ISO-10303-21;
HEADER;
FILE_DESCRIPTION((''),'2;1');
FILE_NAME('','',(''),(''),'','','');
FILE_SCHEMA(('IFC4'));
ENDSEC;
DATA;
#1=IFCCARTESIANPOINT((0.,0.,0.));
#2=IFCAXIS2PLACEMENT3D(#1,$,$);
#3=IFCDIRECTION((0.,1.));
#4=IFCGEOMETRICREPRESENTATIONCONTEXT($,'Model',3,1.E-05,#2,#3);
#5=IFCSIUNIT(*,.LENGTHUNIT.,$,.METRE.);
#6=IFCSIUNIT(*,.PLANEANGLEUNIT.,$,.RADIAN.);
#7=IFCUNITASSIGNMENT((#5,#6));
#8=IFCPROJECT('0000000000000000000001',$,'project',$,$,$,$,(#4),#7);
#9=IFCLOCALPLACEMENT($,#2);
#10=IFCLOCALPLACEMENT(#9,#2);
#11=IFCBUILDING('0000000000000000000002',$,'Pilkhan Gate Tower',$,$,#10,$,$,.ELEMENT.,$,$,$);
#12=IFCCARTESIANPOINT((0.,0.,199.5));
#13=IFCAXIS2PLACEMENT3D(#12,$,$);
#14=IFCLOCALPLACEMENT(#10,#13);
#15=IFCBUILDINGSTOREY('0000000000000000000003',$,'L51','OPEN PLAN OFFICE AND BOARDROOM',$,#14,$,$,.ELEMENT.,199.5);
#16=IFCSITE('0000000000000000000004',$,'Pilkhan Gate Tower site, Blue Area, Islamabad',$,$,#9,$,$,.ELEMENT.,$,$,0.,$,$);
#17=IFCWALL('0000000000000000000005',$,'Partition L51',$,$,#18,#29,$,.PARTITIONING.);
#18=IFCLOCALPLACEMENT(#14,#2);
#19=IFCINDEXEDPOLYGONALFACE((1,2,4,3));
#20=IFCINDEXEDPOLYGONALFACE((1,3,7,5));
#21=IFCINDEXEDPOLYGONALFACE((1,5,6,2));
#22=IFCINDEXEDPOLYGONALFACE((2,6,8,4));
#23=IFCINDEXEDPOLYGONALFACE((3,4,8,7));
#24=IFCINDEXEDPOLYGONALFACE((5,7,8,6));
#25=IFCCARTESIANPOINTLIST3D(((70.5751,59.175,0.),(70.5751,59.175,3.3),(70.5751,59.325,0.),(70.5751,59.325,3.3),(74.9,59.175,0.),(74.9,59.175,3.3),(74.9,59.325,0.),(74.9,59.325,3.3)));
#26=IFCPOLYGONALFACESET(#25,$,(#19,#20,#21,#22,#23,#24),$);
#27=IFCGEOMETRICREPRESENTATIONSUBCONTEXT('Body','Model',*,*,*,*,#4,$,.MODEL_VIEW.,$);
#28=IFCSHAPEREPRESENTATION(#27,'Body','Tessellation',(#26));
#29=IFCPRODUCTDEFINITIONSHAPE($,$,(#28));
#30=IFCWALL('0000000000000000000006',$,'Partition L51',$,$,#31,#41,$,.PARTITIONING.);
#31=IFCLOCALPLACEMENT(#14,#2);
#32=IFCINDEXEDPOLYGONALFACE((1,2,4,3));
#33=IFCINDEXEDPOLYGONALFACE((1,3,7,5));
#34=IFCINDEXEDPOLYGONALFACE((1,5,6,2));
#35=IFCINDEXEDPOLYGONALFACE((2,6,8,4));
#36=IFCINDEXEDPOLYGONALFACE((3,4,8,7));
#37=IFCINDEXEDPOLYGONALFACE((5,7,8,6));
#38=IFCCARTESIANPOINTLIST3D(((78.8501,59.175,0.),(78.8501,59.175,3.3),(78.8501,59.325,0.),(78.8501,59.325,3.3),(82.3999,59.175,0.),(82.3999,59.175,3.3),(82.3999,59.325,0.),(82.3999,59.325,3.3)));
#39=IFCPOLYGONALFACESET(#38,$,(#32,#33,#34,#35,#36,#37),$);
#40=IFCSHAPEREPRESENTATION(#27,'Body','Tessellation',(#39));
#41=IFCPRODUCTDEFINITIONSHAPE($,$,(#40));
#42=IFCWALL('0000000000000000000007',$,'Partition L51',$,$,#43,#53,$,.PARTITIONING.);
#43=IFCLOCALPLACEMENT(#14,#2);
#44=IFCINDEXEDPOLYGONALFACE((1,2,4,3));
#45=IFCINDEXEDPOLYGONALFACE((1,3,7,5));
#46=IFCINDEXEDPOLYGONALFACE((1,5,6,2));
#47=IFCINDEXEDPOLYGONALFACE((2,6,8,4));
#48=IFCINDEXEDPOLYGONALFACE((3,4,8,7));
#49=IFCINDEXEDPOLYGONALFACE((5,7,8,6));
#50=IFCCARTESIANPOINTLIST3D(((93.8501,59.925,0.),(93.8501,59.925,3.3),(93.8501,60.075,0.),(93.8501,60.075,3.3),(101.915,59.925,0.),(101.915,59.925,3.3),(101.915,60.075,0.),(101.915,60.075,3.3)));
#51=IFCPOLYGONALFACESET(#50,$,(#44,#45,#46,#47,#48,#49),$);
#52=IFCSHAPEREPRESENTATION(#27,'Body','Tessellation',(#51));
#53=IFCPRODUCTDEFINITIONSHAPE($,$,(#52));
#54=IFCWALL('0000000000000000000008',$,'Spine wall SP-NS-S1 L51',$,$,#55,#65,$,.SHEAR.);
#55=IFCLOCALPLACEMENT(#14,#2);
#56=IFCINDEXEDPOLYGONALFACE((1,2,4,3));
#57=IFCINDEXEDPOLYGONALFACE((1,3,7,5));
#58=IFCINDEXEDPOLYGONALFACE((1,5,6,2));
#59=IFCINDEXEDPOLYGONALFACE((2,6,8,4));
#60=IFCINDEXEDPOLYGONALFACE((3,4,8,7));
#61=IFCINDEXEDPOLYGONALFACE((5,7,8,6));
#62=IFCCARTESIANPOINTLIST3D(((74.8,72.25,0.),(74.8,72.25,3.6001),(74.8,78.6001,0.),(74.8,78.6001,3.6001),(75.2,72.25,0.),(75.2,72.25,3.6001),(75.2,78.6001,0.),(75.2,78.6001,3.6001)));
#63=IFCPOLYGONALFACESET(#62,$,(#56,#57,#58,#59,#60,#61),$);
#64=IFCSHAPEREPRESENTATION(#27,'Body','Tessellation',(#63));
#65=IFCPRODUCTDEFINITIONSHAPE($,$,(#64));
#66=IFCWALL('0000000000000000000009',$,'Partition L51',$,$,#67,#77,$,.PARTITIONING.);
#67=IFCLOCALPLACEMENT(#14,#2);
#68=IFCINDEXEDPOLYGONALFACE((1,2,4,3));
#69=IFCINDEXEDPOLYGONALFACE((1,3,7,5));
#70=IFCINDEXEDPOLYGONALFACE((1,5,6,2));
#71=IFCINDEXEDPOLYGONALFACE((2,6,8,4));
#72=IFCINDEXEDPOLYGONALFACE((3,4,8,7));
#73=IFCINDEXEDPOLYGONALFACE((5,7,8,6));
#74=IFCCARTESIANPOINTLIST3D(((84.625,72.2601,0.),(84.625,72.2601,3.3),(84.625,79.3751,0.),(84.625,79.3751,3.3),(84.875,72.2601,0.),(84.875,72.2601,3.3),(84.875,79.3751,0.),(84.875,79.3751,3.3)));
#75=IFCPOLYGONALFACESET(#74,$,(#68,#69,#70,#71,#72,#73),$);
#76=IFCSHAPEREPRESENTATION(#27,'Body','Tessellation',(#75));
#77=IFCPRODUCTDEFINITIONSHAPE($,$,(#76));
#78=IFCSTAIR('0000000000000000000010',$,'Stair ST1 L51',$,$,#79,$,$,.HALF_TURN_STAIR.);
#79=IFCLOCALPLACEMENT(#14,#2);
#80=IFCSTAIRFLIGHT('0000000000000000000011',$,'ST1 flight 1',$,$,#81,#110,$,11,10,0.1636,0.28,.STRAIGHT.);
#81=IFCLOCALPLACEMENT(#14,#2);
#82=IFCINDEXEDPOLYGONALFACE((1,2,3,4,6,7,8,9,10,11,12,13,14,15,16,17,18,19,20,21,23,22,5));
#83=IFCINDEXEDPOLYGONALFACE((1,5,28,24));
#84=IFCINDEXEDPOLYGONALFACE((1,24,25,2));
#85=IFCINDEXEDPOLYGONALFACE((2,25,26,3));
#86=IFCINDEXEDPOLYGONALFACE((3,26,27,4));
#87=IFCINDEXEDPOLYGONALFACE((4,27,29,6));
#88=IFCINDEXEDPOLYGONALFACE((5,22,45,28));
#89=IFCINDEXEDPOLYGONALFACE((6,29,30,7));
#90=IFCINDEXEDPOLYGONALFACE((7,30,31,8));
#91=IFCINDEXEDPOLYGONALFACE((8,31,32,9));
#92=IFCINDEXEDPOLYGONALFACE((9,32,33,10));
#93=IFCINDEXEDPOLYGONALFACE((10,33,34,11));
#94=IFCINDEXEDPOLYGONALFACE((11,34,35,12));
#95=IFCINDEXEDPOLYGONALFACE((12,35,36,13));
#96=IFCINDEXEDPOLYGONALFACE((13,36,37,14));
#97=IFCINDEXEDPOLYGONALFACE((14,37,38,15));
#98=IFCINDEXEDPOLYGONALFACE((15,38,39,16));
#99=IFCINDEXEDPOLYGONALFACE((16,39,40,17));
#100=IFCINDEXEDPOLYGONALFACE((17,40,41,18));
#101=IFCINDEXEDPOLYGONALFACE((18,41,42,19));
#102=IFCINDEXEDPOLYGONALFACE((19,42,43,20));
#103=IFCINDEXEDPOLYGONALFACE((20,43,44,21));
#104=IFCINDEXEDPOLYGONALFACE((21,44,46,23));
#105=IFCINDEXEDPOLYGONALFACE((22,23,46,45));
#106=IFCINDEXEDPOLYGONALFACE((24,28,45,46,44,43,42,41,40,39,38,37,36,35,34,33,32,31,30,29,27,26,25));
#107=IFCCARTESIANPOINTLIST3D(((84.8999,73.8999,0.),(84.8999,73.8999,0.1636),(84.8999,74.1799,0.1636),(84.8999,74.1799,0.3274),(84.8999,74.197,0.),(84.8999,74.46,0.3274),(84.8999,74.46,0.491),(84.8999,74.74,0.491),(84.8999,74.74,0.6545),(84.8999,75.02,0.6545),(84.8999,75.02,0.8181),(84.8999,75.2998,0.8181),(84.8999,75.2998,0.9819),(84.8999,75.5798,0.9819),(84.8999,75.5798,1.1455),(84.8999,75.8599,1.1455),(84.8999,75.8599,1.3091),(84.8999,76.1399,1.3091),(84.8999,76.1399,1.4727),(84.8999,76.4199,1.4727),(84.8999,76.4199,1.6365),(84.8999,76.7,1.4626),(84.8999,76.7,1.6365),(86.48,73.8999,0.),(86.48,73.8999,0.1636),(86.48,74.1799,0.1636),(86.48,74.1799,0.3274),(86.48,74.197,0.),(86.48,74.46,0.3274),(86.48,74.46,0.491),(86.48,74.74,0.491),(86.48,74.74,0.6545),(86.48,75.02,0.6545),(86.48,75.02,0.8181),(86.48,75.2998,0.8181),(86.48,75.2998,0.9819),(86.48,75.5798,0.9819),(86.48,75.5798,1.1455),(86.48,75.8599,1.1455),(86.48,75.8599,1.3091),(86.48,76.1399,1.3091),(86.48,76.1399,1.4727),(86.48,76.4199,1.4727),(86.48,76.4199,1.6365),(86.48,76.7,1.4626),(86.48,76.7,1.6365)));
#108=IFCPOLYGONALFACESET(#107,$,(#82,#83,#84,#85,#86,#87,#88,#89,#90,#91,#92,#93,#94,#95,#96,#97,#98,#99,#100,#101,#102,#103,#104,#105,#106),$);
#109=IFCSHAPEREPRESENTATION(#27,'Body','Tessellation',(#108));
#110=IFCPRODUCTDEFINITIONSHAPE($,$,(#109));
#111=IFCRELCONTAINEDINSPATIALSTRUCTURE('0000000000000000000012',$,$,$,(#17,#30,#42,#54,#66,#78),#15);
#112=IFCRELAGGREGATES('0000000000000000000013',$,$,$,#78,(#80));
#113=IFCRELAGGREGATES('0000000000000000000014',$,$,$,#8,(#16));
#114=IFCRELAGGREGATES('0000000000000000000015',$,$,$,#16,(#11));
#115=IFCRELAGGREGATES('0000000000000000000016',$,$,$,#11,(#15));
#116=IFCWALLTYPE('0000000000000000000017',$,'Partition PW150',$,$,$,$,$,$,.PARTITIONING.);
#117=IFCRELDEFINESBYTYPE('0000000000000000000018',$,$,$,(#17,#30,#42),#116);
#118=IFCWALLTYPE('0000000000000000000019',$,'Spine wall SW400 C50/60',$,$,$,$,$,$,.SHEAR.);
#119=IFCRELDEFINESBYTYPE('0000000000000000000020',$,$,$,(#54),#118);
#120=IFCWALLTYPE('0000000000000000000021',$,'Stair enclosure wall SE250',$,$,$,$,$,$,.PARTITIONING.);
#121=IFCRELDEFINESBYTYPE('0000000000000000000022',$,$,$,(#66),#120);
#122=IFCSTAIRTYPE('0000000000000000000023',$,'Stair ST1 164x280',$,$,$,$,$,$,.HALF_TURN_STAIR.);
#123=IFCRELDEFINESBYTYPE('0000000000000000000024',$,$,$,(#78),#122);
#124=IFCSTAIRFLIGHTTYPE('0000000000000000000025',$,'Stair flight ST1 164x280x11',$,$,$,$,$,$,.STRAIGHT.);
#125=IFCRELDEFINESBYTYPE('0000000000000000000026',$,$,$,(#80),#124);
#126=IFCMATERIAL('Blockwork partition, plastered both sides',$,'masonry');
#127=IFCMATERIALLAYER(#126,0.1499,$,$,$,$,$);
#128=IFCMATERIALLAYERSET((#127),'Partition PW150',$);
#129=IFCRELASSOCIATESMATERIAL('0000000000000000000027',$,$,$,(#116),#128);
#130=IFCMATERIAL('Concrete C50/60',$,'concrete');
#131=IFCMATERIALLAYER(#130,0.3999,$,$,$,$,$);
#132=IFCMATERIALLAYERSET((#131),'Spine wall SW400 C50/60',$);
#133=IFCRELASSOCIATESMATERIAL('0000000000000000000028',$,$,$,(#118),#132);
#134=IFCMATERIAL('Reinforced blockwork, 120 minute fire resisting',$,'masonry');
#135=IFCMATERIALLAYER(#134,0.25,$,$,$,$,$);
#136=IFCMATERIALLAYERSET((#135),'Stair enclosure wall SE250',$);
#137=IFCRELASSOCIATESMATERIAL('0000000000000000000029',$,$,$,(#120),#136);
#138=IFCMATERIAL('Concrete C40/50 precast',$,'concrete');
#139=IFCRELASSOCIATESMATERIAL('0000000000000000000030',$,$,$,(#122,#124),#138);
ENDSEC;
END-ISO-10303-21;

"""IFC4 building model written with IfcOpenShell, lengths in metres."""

from ifc_helpers import new_model, si_unit, direction, frame, frame_2d, origin, place, context, subcontext, project, spatial, polyline, rectangle, outline, extrude, material, layer, layer_set, type_object, element, aggregate, save


model = new_model("IFC4")

# Units and contexts
model_context = context("Model", 3, precision=1e-05, world=origin(), true_north=direction((0.0, 1.0)))
body_context = subcontext(model_context, "Body", "Model", "MODEL_VIEW")
ifc_project = project(units=[si_unit("LENGTHUNIT", "METRE"), si_unit("PLANEANGLEUNIT", "RADIAN")], contexts=[model_context])

# Site, building, storey
site_placement = place(None, origin())
site = spatial("IfcSite", under=ifc_project, at=site_placement, Name="Pilkhan Gate Tower site, Blue Area, Islamabad", CompositionType="ELEMENT", RefElevation=0.0)
building_placement = place(site_placement, origin())
building = spatial("IfcBuilding", under=site, at=building_placement, Name="Pilkhan Gate Tower", CompositionType="ELEMENT")
storey_placement = place(building_placement, frame((0.0, 0.0, 199.5)))
storey = spatial("IfcBuildingStorey", under=building, at=storey_placement, Name="L51", Description="OPEN PLAN OFFICE AND BOARDROOM", CompositionType="ELEMENT", Elevation=199.5)

# Shared definitions
ifc_material_1 = material(Name="Concrete C50/60", Category="concrete")

# Walls
ifc_material_2 = material(Name="Blockwork partition, plastered both sides", Category="masonry")
ifc_layer_1 = layer(ifc_material_2, 0.1499)
ifc_layer_set_1 = layer_set([ifc_layer_1], Name="Partition PW150")
wall_type_1 = type_object("IfcWallType", Name="Partition PW150", PredefinedType="PARTITIONING", material=ifc_layer_set_1)
wall_1_placement = place(storey_placement, frame((70.575, 59.25, 0.0), z_axis=(0.0, 0.0, 1.0), x_axis=(1.0, 0.0, 0.0)))
element("IfcWall", 1, at=wall_1_placement, inside=storey, type_object=wall_type_1, Name="Partition L51", PredefinedType="PARTITIONING", context=body_context, shape_type="SweptSolid", body=[
    extrude(rectangle(XDim=4.325, YDim=0.1499, at=frame_2d((2.1626, 0.0))), origin(), (0.0, 0.0, 1.0), 3.3),
])
wall_2_placement = place(storey_placement, frame((78.8501, 59.25, 0.0), z_axis=(0.0, 0.0, 1.0), x_axis=(1.0, 0.0, 0.0)))
element("IfcWall", 2, at=wall_2_placement, inside=storey, type_object=wall_type_1, Name="Partition L51", PredefinedType="PARTITIONING", context=body_context, shape_type="SweptSolid", body=[
    extrude(rectangle(XDim=3.5498, YDim=0.1499, at=frame_2d((1.7749, 0.0))), origin(), (0.0, 0.0, 1.0), 3.3),
])
wall_3_placement = place(storey_placement, frame((93.8501, 60.0, 0.0), z_axis=(0.0, 0.0, 1.0), x_axis=(1.0, 0.0, 0.0)))
element("IfcWall", 3, at=wall_3_placement, inside=storey, type_object=wall_type_1, Name="Partition L51", PredefinedType="PARTITIONING", context=body_context, shape_type="SweptSolid", body=[
    extrude(rectangle(XDim=8.0649, YDim=0.1499, at=frame_2d((4.0325, 0.0))), origin(), (0.0, 0.0, 1.0), 3.3),
])
ifc_layer_2 = layer(ifc_material_1, 0.3999)
ifc_layer_set_2 = layer_set([ifc_layer_2], Name="Spine wall SW400 C50/60")
wall_type_2 = type_object("IfcWallType", Name="Spine wall SW400 C50/60", PredefinedType="SHEAR", material=ifc_layer_set_2)
wall_4_placement = place(storey_placement, frame((75.0, 72.25, 0.0), z_axis=(0.0, 0.0, 1.0), x_axis=(0.0, 1.0, 0.0)))
element("IfcWall", 4, at=wall_4_placement, inside=storey, type_object=wall_type_2, Name="Spine wall SP-NS-S1 L51", PredefinedType="SHEAR", context=body_context, shape_type="SweptSolid", body=[
    extrude(rectangle(XDim=6.3501, YDim=0.3999, at=frame_2d((3.175, 0.0))), origin(), (0.0, 0.0, 1.0), 3.6001),
])
ifc_material_3 = material(Name="Reinforced blockwork, 120 minute fire resisting", Category="masonry")
ifc_layer_3 = layer(ifc_material_3, 0.25)
ifc_layer_set_3 = layer_set([ifc_layer_3], Name="Stair enclosure wall SE250")
wall_type_3 = type_object("IfcWallType", Name="Stair enclosure wall SE250", PredefinedType="PARTITIONING", material=ifc_layer_set_3)
wall_5_placement = place(storey_placement, frame((84.75, 72.26, 0.0), z_axis=(0.0, 0.0, 1.0), x_axis=(0.0, 1.0, 0.0)))
element("IfcWall", 5, at=wall_5_placement, inside=storey, type_object=wall_type_3, Name="Partition L51", PredefinedType="PARTITIONING", context=body_context, shape_type="SweptSolid", body=[
    extrude(rectangle(XDim=7.115, YDim=0.25, at=frame_2d((3.5576, 0.0))), origin(), (0.0, 0.0, 1.0), 3.3),
])

# Stair, stair flight
ifc_material_4 = material(Name="Concrete C40/50 precast", Category="concrete")
stair_type = type_object("IfcStairType", Name="Stair ST1 164x280", PredefinedType="HALF_TURN_STAIR", material=ifc_material_4)
stair_placement = place(storey_placement, origin())
stair = element("IfcStair", 6, at=stair_placement, inside=storey, type_object=stair_type, Name="Stair ST1 L51", PredefinedType="HALF_TURN_STAIR")
stair_flight_type = type_object("IfcStairFlightType", Name="Stair flight ST1 164x280x11", PredefinedType="STRAIGHT", material=ifc_material_4)
stair_flight_placement = place(storey_placement, frame((85.6899, 73.8999, 0.0), z_axis=(0.0, 0.0, 1.0), x_axis=(0.0, 1.0, 0.0)))
stair_flight = element("IfcStairFlight", 7, at=stair_flight_placement, type_object=stair_flight_type, Name="ST1 flight 1", NumberOfRisers=11, NumberOfTreads=10, PredefinedType="STRAIGHT", RiserHeight=0.1636, TreadLength=0.28, context=body_context, shape_type="SweptSolid", body=[
    extrude(outline(polyline([(0.0, 0.0), (0.0, 0.1636), (0.28, 0.1636), (0.28, 0.3274), (0.5601, 0.3274), (0.5601, 0.491), (0.8401, 0.491), (0.8401, 0.6545), (1.1201, 0.6545), (1.1201, 0.8181), (1.3999, 0.8181), (1.3999, 0.9819), (1.6799, 0.9819), (1.6799, 1.1455), (1.96, 1.1455), (1.96, 1.3091), (2.24, 1.3091), (2.24, 1.4727), (2.52, 1.4727), (2.52, 1.6365), (2.8, 1.6365), (2.8, 1.8), (2.8, 1.4626), (0.2971, 0.0), (0.0, 0.0)])), frame((0.0, 0.79, 0.0), z_axis=(0.0, -1.0, 0.0), x_axis=(1.0, 0.0, 0.0)), (0.0, 0.0, 1.0), 1.5801),
])
aggregate(stair, [stair_flight])

save(model, "model.ifc")
